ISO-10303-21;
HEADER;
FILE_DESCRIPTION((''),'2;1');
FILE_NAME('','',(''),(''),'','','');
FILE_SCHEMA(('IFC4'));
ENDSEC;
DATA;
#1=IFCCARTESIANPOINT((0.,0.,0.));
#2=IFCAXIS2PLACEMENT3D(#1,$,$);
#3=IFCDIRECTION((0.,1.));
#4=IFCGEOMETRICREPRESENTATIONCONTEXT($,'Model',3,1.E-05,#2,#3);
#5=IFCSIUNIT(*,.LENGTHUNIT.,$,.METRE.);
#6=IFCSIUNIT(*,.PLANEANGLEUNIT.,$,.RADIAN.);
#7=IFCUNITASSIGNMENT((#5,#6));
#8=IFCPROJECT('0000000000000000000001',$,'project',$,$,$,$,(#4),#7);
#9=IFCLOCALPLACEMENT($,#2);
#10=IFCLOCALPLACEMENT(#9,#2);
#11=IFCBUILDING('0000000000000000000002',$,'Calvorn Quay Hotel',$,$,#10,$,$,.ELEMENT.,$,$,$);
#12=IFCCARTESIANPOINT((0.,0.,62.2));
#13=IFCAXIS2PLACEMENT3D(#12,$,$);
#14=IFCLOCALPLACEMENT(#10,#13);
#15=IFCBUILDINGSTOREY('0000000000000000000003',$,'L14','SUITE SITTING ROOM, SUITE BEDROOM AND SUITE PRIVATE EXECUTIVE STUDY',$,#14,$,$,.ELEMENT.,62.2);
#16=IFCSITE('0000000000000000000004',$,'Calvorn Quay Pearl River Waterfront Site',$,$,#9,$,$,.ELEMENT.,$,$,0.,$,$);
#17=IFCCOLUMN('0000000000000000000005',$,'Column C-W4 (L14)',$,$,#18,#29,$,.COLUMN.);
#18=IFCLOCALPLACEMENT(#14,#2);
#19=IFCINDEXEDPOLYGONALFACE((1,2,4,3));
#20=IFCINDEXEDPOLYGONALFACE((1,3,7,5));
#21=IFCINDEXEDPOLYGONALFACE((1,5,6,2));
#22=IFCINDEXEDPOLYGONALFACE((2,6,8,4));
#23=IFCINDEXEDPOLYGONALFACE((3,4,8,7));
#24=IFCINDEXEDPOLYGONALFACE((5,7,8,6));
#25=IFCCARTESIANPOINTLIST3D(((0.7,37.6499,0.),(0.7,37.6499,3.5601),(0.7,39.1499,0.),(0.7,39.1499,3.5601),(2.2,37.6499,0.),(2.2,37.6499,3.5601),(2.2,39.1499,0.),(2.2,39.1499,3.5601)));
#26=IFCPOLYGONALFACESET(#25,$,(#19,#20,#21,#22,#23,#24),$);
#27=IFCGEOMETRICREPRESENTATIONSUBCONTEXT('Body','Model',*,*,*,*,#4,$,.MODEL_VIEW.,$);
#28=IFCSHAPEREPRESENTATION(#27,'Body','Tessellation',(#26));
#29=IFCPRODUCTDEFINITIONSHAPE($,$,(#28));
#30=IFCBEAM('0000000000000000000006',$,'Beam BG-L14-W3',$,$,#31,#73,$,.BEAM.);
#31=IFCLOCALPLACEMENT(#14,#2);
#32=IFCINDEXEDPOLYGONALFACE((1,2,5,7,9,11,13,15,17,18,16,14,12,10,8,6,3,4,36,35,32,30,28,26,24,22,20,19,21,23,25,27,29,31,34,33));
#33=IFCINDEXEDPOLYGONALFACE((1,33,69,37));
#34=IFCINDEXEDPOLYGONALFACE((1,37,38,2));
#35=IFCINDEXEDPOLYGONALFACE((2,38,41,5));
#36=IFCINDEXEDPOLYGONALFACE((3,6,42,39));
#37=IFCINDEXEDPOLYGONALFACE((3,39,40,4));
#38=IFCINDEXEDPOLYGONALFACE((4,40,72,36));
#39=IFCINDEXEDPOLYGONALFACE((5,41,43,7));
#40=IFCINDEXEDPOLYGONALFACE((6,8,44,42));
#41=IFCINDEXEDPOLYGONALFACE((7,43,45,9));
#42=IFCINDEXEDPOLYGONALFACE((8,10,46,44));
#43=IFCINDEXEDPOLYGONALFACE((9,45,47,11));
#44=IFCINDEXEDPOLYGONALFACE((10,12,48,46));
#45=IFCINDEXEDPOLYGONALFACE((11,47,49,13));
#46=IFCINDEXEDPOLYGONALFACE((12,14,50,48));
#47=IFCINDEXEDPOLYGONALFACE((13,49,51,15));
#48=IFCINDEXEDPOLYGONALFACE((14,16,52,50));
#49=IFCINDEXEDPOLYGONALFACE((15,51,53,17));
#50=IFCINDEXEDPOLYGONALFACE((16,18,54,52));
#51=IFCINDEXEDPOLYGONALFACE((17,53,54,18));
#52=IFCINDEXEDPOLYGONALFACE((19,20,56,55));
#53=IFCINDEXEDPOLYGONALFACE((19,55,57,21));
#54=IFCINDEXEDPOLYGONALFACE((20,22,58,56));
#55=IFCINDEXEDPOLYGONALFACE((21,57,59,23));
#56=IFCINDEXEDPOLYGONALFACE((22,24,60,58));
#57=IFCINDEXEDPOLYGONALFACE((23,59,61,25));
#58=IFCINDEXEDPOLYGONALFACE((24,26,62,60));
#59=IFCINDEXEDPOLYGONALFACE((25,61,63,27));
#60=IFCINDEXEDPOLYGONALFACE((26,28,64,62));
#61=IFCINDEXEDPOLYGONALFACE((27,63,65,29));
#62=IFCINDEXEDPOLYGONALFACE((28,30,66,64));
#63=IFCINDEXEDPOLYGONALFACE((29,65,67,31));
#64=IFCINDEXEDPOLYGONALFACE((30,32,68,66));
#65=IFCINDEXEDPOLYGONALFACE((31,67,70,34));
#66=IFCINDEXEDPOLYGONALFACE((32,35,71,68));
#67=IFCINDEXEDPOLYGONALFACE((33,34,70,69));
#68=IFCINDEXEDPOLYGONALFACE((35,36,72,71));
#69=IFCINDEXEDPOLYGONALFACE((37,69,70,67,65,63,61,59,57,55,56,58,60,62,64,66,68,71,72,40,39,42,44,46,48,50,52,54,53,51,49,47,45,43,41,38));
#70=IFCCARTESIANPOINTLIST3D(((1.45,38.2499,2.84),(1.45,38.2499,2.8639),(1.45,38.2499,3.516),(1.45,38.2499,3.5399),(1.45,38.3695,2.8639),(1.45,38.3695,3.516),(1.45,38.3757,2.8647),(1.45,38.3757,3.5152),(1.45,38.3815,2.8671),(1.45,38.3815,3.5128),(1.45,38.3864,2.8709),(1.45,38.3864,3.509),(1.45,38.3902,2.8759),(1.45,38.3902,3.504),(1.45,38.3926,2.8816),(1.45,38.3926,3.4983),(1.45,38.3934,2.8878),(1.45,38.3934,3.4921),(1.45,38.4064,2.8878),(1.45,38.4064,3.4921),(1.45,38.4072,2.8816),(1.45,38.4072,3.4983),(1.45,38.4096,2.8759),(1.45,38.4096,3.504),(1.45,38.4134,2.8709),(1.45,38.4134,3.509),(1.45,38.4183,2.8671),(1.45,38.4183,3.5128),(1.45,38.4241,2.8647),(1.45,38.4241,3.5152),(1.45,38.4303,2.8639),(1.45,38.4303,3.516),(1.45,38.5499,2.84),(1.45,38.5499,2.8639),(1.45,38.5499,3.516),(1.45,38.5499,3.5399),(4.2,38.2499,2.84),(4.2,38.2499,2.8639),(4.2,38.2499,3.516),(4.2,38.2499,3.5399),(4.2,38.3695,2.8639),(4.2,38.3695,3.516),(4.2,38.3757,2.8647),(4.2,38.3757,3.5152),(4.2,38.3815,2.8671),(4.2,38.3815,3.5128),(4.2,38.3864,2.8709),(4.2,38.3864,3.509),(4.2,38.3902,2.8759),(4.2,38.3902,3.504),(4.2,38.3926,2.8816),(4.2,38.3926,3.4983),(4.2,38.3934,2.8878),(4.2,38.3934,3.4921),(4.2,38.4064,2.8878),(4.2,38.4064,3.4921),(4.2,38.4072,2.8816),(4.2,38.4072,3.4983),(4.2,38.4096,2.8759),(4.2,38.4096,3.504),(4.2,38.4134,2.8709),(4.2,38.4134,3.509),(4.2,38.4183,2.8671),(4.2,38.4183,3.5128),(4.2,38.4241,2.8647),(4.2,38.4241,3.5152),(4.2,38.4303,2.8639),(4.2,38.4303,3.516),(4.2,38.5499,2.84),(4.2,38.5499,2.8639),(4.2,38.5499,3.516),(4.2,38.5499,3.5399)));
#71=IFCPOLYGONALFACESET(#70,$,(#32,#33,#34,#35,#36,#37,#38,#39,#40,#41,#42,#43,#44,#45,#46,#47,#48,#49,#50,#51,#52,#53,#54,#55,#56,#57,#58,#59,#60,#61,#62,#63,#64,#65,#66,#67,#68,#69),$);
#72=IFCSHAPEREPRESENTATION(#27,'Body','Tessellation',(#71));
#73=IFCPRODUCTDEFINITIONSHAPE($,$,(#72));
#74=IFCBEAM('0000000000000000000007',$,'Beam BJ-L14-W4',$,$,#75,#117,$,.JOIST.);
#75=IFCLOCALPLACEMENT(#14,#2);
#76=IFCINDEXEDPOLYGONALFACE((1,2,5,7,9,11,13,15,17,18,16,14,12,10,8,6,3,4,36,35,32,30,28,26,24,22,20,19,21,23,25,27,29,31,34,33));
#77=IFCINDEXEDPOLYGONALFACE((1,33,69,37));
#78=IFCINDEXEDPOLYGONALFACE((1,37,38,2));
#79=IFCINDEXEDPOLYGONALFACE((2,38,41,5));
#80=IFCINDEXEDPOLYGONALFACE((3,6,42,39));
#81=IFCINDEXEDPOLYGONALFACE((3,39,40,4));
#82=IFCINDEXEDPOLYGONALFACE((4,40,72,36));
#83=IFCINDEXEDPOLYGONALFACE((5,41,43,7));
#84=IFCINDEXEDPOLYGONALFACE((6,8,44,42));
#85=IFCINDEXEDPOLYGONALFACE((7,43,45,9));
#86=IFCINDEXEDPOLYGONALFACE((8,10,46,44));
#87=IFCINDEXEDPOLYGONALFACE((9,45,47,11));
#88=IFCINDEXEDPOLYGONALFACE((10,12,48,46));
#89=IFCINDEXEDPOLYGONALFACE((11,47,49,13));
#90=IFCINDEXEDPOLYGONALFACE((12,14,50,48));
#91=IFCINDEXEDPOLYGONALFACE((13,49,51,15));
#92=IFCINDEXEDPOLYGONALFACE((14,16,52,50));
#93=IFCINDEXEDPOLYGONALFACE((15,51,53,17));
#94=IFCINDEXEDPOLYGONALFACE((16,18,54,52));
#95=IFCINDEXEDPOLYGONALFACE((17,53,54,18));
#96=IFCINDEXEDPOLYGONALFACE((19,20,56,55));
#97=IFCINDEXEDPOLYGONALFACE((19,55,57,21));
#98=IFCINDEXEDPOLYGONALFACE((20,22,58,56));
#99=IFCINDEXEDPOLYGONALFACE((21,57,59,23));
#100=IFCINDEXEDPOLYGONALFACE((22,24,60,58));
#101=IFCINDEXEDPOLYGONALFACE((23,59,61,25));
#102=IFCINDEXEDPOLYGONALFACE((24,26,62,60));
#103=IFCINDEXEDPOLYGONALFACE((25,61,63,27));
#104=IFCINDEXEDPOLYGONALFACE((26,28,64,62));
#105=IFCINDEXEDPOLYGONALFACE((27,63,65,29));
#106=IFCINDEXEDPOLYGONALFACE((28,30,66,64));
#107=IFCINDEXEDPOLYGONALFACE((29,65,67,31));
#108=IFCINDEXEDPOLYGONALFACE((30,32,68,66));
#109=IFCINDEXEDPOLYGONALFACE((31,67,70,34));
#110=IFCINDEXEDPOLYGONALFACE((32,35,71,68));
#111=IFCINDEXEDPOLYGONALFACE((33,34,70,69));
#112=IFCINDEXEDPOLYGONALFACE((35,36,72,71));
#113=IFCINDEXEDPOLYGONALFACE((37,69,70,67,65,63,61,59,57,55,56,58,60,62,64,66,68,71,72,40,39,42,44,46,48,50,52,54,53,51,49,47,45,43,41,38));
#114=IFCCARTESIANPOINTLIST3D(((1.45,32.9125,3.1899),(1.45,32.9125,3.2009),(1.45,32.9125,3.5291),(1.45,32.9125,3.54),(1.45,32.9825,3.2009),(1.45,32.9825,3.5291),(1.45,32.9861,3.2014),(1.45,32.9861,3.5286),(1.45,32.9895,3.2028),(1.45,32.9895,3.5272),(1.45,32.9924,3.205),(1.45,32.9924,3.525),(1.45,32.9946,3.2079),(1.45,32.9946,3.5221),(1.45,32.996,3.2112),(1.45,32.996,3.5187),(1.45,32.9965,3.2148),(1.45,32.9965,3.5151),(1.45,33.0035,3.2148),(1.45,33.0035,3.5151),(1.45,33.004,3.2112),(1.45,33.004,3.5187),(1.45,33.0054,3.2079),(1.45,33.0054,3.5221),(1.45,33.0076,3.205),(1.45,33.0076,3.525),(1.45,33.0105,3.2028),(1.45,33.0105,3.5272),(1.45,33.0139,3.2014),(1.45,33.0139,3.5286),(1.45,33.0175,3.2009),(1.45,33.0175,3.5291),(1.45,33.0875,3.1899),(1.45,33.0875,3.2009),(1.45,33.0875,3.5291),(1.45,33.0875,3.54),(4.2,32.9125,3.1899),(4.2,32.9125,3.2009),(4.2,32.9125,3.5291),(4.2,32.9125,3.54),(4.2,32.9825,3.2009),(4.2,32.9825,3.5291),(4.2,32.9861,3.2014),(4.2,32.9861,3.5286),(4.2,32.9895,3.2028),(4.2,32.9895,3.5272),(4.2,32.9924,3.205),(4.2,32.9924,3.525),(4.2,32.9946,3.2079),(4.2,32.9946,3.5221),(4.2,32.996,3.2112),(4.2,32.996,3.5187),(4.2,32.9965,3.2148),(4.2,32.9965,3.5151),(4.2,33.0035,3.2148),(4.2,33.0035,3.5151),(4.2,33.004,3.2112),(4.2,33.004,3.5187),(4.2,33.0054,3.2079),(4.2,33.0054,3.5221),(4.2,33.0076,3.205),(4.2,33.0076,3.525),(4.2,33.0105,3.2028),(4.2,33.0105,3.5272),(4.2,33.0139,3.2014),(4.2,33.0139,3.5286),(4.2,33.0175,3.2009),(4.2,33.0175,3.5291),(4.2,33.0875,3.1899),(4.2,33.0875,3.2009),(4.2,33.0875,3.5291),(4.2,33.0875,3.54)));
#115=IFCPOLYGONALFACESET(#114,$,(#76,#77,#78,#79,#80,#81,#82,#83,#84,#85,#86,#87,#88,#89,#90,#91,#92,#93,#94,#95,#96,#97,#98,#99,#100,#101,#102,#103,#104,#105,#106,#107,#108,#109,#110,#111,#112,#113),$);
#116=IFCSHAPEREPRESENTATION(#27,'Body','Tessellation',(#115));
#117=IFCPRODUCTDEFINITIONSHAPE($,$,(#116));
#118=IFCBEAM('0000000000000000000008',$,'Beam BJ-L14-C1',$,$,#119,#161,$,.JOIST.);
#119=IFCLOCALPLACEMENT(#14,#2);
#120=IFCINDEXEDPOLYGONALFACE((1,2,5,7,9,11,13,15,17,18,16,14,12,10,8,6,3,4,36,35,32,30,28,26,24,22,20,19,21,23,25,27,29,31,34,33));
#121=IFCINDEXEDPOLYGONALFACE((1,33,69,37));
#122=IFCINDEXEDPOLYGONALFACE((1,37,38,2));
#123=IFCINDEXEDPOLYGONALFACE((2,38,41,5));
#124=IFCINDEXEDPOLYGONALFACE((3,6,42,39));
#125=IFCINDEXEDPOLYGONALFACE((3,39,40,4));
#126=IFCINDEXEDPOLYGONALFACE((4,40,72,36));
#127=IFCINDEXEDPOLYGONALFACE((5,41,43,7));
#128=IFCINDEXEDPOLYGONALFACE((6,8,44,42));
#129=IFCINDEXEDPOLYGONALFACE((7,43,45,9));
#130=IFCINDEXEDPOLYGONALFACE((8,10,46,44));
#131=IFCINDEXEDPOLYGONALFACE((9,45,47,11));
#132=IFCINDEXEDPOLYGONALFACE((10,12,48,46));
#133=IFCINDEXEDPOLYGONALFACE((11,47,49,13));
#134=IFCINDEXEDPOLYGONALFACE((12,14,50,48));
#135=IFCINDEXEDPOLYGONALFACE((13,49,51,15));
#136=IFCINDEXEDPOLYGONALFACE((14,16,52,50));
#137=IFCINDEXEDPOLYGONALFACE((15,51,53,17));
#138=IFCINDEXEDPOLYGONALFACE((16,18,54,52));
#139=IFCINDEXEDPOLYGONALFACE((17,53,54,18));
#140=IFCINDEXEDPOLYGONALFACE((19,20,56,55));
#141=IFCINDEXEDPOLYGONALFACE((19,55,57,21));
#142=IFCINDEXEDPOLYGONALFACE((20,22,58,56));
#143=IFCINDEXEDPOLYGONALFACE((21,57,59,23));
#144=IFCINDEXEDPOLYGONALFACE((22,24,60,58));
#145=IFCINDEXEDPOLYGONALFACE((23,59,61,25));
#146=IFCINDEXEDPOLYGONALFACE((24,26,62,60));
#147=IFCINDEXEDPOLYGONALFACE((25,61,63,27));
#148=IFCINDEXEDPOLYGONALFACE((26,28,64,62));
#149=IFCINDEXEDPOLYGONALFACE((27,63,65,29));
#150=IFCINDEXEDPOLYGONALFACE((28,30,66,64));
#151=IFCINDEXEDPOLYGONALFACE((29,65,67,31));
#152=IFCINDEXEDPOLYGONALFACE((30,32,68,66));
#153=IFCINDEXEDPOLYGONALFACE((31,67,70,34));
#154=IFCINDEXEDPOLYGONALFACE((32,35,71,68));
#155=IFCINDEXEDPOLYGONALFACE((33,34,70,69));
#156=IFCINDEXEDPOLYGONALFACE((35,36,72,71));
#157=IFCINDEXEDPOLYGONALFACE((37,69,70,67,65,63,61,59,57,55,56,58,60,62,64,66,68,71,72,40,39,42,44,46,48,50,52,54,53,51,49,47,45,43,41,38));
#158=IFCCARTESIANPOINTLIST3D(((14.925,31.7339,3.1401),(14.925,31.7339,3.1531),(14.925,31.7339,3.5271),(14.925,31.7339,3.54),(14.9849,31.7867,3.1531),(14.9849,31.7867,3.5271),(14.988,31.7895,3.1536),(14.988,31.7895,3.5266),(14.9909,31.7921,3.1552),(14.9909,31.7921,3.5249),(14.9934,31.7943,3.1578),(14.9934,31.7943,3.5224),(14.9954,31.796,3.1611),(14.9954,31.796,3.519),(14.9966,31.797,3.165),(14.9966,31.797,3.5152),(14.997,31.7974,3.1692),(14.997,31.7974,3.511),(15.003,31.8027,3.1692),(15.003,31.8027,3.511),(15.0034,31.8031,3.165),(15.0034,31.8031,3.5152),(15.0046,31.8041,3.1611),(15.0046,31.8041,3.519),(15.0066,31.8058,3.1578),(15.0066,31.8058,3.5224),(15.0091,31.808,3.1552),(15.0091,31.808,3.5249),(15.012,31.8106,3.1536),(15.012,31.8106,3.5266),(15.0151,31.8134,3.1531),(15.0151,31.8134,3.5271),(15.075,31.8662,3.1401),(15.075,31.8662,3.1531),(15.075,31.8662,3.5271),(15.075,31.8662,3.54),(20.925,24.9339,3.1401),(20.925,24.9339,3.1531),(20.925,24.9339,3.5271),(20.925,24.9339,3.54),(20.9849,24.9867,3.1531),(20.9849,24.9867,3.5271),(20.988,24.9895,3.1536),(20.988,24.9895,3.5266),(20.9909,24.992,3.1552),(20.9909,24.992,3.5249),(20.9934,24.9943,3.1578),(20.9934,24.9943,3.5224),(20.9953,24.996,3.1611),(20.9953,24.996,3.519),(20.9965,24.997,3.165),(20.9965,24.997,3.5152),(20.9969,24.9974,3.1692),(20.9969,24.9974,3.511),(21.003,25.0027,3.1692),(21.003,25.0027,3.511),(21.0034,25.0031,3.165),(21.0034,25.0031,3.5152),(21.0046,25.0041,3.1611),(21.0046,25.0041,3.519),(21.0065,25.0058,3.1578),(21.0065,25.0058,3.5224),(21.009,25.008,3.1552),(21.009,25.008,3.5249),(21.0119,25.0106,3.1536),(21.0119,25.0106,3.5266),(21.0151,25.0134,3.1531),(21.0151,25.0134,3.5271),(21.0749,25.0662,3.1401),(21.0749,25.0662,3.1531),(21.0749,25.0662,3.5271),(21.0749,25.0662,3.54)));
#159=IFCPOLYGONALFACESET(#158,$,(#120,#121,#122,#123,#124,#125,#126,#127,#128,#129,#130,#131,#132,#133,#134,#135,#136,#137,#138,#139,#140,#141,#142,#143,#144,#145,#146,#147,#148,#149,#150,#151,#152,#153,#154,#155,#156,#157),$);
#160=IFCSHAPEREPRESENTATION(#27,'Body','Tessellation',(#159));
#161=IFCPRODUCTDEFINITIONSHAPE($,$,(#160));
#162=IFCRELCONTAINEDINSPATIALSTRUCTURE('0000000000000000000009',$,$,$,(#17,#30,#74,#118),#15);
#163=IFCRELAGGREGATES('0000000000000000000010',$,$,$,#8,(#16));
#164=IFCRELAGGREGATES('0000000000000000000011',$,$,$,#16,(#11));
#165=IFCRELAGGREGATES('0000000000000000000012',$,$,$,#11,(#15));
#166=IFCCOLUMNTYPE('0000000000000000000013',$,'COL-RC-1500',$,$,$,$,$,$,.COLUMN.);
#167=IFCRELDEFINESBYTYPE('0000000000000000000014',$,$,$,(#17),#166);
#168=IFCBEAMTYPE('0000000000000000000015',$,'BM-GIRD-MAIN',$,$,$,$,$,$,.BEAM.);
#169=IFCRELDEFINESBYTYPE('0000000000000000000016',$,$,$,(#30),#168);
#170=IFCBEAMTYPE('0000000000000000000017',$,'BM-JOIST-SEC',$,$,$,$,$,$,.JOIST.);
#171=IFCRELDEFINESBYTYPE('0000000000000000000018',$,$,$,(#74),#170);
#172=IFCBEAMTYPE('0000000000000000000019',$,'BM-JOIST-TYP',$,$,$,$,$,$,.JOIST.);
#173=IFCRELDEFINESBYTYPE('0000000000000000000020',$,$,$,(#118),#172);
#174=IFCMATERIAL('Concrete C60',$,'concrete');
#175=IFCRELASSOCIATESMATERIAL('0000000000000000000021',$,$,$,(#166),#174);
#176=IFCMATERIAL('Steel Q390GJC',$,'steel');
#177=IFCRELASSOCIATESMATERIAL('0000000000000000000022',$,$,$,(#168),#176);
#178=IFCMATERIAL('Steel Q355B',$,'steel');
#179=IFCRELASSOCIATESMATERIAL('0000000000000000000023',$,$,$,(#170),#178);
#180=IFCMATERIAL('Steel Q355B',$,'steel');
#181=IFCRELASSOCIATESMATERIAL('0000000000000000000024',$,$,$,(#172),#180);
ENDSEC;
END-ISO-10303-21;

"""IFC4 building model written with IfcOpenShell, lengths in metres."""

from ifc_helpers import new_model, si_unit, direction, frame, origin, origin_2d, place, context, subcontext, project, spatial, rectangle, i_section, extrude, material, material_profile, profile_set, type_object, element, save


model = new_model("IFC4")

# Units and contexts
model_context = context("Model", 3, precision=1e-05, world=origin(), true_north=direction((0.0, 1.0)))
body_context = subcontext(model_context, "Body", "Model", "MODEL_VIEW")
ifc_project = project(units=[si_unit("LENGTHUNIT", "METRE"), si_unit("PLANEANGLEUNIT", "RADIAN")], contexts=[model_context])

# Site, building, storey
site_placement = place(None, origin())
site = spatial("IfcSite", under=ifc_project, at=site_placement, Name="Calvorn Quay Pearl River Waterfront Site", CompositionType="ELEMENT", RefElevation=0.0)
building_placement = place(site_placement, origin())
building = spatial("IfcBuilding", under=site, at=building_placement, Name="Calvorn Quay Hotel", CompositionType="ELEMENT")
storey_placement = place(building_placement, frame((0.0, 0.0, 62.2)))
storey = spatial("IfcBuildingStorey", under=building, at=storey_placement, Name="L14", Description="SUITE SITTING ROOM, SUITE BEDROOM AND SUITE PRIVATE EXECUTIVE STUDY", CompositionType="ELEMENT", Elevation=62.2)

# Column
ifc_material_1 = material(Name="Concrete C60", Category="concrete")
ifc_material_profile_1 = material_profile(ifc_material_1, rectangle(XDim=1.5, YDim=1.5, at=origin_2d()), Name="RC1500x1500")
ifc_profile_set_1 = profile_set([ifc_material_profile_1], Name="Concrete C60")
column_type = type_object("IfcColumnType", Name="COL-RC-1500", PredefinedType="COLUMN", material=ifc_profile_set_1)
column_placement = place(storey_placement, frame((1.45, 38.3999, 0.0), z_axis=(0.0, 0.0, 1.0), x_axis=(1.0, 0.0, 0.0)))
element("IfcColumn", 1, at=column_placement, inside=storey, type_object=column_type, Name="Column C-W4 (L14)", PredefinedType="COLUMN", context=body_context, shape_type="SweptSolid", body=[
    extrude(rectangle(XDim=1.5, YDim=1.5, at=origin_2d()), origin(), (0.0, 0.0, 1.0), 3.5601),
])

# Beams
ifc_material_2 = material(Name="Steel Q390GJC", Category="steel")
ifc_material_profile_2 = material_profile(ifc_material_2, i_section(OverallWidth=0.3, OverallDepth=0.7, WebThickness=0.0129, FlangeThickness=0.0239, FilletRadius=0.0239, at=origin_2d()), Name="HN700x300x13x24")
ifc_profile_set_2 = profile_set([ifc_material_profile_2], Name="Steel Q390GJC")
beam_type_1 = type_object("IfcBeamType", Name="BM-GIRD-MAIN", PredefinedType="BEAM", material=ifc_profile_set_2)
beam_1_placement = place(storey_placement, frame((1.45, 38.3999, 3.1899), z_axis=(1.0, 0.0, 0.0), x_axis=(0.0, 1.0, 0.0)))
element("IfcBeam", 2, at=beam_1_placement, inside=storey, type_object=beam_type_1, Name="Beam BG-L14-W3", PredefinedType="BEAM", context=body_context, shape_type="SweptSolid", body=[
    extrude(i_section(OverallWidth=0.3, OverallDepth=0.7, WebThickness=0.0129, FlangeThickness=0.0239, FilletRadius=0.0239, at=origin_2d()), origin(), (0.0, 0.0, 1.0), 2.75),
])
ifc_material_3 = material(Name="Steel Q355B", Category="steel")
ifc_material_profile_3 = material_profile(ifc_material_3, i_section(OverallWidth=0.175, OverallDepth=0.3501, WebThickness=0.0071, FlangeThickness=0.011, FilletRadius=0.0139, at=origin_2d()), Name="HN350x175x7x11")
ifc_profile_set_3 = profile_set([ifc_material_profile_3], Name="Steel Q355B")
beam_type_2 = type_object("IfcBeamType", Name="BM-JOIST-SEC", PredefinedType="JOIST", material=ifc_profile_set_3)
beam_2_placement = place(storey_placement, frame((1.45, 33.0, 3.365), z_axis=(1.0, 0.0, 0.0), x_axis=(0.0, 1.0, 0.0)))
element("IfcBeam", 3, at=beam_2_placement, inside=storey, type_object=beam_type_2, Name="Beam BJ-L14-W4", PredefinedType="JOIST", context=body_context, shape_type="SweptSolid", body=[
    extrude(i_section(OverallWidth=0.175, OverallDepth=0.3501, WebThickness=0.0071, FlangeThickness=0.011, FilletRadius=0.0139, at=origin_2d()), origin(), (0.0, 0.0, 1.0), 2.75),
])
ifc_material_4 = material(Name="Steel Q355B", Category="steel")
ifc_material_profile_4 = material_profile(ifc_material_4, i_section(OverallWidth=0.2, OverallDepth=0.3999, WebThickness=0.0081, FlangeThickness=0.0129, FilletRadius=0.0161, at=origin_2d()), Name="HN400x200x8x13")
ifc_profile_set_4 = profile_set([ifc_material_profile_4], Name="Steel Q355B")
beam_type_3 = type_object("IfcBeamType", Name="BM-JOIST-TYP", PredefinedType="JOIST", material=ifc_profile_set_4)
beam_3_placement = place(storey_placement, frame((15.0, 31.8, 3.3401), z_axis=(0.661619, -0.74984, 0.0), x_axis=(0.74984, 0.661619, 0.0)))
element("IfcBeam", 4, at=beam_3_placement, inside=storey, type_object=beam_type_3, Name="Beam BJ-L14-C1", PredefinedType="JOIST", context=body_context, shape_type="SweptSolid", body=[
    extrude(i_section(OverallWidth=0.2, OverallDepth=0.3999, WebThickness=0.0081, FlangeThickness=0.0129, FilletRadius=0.0161, at=origin_2d()), origin(), (0.0, 0.0, 1.0), 9.0686),
])

save(model, "model.ifc")
